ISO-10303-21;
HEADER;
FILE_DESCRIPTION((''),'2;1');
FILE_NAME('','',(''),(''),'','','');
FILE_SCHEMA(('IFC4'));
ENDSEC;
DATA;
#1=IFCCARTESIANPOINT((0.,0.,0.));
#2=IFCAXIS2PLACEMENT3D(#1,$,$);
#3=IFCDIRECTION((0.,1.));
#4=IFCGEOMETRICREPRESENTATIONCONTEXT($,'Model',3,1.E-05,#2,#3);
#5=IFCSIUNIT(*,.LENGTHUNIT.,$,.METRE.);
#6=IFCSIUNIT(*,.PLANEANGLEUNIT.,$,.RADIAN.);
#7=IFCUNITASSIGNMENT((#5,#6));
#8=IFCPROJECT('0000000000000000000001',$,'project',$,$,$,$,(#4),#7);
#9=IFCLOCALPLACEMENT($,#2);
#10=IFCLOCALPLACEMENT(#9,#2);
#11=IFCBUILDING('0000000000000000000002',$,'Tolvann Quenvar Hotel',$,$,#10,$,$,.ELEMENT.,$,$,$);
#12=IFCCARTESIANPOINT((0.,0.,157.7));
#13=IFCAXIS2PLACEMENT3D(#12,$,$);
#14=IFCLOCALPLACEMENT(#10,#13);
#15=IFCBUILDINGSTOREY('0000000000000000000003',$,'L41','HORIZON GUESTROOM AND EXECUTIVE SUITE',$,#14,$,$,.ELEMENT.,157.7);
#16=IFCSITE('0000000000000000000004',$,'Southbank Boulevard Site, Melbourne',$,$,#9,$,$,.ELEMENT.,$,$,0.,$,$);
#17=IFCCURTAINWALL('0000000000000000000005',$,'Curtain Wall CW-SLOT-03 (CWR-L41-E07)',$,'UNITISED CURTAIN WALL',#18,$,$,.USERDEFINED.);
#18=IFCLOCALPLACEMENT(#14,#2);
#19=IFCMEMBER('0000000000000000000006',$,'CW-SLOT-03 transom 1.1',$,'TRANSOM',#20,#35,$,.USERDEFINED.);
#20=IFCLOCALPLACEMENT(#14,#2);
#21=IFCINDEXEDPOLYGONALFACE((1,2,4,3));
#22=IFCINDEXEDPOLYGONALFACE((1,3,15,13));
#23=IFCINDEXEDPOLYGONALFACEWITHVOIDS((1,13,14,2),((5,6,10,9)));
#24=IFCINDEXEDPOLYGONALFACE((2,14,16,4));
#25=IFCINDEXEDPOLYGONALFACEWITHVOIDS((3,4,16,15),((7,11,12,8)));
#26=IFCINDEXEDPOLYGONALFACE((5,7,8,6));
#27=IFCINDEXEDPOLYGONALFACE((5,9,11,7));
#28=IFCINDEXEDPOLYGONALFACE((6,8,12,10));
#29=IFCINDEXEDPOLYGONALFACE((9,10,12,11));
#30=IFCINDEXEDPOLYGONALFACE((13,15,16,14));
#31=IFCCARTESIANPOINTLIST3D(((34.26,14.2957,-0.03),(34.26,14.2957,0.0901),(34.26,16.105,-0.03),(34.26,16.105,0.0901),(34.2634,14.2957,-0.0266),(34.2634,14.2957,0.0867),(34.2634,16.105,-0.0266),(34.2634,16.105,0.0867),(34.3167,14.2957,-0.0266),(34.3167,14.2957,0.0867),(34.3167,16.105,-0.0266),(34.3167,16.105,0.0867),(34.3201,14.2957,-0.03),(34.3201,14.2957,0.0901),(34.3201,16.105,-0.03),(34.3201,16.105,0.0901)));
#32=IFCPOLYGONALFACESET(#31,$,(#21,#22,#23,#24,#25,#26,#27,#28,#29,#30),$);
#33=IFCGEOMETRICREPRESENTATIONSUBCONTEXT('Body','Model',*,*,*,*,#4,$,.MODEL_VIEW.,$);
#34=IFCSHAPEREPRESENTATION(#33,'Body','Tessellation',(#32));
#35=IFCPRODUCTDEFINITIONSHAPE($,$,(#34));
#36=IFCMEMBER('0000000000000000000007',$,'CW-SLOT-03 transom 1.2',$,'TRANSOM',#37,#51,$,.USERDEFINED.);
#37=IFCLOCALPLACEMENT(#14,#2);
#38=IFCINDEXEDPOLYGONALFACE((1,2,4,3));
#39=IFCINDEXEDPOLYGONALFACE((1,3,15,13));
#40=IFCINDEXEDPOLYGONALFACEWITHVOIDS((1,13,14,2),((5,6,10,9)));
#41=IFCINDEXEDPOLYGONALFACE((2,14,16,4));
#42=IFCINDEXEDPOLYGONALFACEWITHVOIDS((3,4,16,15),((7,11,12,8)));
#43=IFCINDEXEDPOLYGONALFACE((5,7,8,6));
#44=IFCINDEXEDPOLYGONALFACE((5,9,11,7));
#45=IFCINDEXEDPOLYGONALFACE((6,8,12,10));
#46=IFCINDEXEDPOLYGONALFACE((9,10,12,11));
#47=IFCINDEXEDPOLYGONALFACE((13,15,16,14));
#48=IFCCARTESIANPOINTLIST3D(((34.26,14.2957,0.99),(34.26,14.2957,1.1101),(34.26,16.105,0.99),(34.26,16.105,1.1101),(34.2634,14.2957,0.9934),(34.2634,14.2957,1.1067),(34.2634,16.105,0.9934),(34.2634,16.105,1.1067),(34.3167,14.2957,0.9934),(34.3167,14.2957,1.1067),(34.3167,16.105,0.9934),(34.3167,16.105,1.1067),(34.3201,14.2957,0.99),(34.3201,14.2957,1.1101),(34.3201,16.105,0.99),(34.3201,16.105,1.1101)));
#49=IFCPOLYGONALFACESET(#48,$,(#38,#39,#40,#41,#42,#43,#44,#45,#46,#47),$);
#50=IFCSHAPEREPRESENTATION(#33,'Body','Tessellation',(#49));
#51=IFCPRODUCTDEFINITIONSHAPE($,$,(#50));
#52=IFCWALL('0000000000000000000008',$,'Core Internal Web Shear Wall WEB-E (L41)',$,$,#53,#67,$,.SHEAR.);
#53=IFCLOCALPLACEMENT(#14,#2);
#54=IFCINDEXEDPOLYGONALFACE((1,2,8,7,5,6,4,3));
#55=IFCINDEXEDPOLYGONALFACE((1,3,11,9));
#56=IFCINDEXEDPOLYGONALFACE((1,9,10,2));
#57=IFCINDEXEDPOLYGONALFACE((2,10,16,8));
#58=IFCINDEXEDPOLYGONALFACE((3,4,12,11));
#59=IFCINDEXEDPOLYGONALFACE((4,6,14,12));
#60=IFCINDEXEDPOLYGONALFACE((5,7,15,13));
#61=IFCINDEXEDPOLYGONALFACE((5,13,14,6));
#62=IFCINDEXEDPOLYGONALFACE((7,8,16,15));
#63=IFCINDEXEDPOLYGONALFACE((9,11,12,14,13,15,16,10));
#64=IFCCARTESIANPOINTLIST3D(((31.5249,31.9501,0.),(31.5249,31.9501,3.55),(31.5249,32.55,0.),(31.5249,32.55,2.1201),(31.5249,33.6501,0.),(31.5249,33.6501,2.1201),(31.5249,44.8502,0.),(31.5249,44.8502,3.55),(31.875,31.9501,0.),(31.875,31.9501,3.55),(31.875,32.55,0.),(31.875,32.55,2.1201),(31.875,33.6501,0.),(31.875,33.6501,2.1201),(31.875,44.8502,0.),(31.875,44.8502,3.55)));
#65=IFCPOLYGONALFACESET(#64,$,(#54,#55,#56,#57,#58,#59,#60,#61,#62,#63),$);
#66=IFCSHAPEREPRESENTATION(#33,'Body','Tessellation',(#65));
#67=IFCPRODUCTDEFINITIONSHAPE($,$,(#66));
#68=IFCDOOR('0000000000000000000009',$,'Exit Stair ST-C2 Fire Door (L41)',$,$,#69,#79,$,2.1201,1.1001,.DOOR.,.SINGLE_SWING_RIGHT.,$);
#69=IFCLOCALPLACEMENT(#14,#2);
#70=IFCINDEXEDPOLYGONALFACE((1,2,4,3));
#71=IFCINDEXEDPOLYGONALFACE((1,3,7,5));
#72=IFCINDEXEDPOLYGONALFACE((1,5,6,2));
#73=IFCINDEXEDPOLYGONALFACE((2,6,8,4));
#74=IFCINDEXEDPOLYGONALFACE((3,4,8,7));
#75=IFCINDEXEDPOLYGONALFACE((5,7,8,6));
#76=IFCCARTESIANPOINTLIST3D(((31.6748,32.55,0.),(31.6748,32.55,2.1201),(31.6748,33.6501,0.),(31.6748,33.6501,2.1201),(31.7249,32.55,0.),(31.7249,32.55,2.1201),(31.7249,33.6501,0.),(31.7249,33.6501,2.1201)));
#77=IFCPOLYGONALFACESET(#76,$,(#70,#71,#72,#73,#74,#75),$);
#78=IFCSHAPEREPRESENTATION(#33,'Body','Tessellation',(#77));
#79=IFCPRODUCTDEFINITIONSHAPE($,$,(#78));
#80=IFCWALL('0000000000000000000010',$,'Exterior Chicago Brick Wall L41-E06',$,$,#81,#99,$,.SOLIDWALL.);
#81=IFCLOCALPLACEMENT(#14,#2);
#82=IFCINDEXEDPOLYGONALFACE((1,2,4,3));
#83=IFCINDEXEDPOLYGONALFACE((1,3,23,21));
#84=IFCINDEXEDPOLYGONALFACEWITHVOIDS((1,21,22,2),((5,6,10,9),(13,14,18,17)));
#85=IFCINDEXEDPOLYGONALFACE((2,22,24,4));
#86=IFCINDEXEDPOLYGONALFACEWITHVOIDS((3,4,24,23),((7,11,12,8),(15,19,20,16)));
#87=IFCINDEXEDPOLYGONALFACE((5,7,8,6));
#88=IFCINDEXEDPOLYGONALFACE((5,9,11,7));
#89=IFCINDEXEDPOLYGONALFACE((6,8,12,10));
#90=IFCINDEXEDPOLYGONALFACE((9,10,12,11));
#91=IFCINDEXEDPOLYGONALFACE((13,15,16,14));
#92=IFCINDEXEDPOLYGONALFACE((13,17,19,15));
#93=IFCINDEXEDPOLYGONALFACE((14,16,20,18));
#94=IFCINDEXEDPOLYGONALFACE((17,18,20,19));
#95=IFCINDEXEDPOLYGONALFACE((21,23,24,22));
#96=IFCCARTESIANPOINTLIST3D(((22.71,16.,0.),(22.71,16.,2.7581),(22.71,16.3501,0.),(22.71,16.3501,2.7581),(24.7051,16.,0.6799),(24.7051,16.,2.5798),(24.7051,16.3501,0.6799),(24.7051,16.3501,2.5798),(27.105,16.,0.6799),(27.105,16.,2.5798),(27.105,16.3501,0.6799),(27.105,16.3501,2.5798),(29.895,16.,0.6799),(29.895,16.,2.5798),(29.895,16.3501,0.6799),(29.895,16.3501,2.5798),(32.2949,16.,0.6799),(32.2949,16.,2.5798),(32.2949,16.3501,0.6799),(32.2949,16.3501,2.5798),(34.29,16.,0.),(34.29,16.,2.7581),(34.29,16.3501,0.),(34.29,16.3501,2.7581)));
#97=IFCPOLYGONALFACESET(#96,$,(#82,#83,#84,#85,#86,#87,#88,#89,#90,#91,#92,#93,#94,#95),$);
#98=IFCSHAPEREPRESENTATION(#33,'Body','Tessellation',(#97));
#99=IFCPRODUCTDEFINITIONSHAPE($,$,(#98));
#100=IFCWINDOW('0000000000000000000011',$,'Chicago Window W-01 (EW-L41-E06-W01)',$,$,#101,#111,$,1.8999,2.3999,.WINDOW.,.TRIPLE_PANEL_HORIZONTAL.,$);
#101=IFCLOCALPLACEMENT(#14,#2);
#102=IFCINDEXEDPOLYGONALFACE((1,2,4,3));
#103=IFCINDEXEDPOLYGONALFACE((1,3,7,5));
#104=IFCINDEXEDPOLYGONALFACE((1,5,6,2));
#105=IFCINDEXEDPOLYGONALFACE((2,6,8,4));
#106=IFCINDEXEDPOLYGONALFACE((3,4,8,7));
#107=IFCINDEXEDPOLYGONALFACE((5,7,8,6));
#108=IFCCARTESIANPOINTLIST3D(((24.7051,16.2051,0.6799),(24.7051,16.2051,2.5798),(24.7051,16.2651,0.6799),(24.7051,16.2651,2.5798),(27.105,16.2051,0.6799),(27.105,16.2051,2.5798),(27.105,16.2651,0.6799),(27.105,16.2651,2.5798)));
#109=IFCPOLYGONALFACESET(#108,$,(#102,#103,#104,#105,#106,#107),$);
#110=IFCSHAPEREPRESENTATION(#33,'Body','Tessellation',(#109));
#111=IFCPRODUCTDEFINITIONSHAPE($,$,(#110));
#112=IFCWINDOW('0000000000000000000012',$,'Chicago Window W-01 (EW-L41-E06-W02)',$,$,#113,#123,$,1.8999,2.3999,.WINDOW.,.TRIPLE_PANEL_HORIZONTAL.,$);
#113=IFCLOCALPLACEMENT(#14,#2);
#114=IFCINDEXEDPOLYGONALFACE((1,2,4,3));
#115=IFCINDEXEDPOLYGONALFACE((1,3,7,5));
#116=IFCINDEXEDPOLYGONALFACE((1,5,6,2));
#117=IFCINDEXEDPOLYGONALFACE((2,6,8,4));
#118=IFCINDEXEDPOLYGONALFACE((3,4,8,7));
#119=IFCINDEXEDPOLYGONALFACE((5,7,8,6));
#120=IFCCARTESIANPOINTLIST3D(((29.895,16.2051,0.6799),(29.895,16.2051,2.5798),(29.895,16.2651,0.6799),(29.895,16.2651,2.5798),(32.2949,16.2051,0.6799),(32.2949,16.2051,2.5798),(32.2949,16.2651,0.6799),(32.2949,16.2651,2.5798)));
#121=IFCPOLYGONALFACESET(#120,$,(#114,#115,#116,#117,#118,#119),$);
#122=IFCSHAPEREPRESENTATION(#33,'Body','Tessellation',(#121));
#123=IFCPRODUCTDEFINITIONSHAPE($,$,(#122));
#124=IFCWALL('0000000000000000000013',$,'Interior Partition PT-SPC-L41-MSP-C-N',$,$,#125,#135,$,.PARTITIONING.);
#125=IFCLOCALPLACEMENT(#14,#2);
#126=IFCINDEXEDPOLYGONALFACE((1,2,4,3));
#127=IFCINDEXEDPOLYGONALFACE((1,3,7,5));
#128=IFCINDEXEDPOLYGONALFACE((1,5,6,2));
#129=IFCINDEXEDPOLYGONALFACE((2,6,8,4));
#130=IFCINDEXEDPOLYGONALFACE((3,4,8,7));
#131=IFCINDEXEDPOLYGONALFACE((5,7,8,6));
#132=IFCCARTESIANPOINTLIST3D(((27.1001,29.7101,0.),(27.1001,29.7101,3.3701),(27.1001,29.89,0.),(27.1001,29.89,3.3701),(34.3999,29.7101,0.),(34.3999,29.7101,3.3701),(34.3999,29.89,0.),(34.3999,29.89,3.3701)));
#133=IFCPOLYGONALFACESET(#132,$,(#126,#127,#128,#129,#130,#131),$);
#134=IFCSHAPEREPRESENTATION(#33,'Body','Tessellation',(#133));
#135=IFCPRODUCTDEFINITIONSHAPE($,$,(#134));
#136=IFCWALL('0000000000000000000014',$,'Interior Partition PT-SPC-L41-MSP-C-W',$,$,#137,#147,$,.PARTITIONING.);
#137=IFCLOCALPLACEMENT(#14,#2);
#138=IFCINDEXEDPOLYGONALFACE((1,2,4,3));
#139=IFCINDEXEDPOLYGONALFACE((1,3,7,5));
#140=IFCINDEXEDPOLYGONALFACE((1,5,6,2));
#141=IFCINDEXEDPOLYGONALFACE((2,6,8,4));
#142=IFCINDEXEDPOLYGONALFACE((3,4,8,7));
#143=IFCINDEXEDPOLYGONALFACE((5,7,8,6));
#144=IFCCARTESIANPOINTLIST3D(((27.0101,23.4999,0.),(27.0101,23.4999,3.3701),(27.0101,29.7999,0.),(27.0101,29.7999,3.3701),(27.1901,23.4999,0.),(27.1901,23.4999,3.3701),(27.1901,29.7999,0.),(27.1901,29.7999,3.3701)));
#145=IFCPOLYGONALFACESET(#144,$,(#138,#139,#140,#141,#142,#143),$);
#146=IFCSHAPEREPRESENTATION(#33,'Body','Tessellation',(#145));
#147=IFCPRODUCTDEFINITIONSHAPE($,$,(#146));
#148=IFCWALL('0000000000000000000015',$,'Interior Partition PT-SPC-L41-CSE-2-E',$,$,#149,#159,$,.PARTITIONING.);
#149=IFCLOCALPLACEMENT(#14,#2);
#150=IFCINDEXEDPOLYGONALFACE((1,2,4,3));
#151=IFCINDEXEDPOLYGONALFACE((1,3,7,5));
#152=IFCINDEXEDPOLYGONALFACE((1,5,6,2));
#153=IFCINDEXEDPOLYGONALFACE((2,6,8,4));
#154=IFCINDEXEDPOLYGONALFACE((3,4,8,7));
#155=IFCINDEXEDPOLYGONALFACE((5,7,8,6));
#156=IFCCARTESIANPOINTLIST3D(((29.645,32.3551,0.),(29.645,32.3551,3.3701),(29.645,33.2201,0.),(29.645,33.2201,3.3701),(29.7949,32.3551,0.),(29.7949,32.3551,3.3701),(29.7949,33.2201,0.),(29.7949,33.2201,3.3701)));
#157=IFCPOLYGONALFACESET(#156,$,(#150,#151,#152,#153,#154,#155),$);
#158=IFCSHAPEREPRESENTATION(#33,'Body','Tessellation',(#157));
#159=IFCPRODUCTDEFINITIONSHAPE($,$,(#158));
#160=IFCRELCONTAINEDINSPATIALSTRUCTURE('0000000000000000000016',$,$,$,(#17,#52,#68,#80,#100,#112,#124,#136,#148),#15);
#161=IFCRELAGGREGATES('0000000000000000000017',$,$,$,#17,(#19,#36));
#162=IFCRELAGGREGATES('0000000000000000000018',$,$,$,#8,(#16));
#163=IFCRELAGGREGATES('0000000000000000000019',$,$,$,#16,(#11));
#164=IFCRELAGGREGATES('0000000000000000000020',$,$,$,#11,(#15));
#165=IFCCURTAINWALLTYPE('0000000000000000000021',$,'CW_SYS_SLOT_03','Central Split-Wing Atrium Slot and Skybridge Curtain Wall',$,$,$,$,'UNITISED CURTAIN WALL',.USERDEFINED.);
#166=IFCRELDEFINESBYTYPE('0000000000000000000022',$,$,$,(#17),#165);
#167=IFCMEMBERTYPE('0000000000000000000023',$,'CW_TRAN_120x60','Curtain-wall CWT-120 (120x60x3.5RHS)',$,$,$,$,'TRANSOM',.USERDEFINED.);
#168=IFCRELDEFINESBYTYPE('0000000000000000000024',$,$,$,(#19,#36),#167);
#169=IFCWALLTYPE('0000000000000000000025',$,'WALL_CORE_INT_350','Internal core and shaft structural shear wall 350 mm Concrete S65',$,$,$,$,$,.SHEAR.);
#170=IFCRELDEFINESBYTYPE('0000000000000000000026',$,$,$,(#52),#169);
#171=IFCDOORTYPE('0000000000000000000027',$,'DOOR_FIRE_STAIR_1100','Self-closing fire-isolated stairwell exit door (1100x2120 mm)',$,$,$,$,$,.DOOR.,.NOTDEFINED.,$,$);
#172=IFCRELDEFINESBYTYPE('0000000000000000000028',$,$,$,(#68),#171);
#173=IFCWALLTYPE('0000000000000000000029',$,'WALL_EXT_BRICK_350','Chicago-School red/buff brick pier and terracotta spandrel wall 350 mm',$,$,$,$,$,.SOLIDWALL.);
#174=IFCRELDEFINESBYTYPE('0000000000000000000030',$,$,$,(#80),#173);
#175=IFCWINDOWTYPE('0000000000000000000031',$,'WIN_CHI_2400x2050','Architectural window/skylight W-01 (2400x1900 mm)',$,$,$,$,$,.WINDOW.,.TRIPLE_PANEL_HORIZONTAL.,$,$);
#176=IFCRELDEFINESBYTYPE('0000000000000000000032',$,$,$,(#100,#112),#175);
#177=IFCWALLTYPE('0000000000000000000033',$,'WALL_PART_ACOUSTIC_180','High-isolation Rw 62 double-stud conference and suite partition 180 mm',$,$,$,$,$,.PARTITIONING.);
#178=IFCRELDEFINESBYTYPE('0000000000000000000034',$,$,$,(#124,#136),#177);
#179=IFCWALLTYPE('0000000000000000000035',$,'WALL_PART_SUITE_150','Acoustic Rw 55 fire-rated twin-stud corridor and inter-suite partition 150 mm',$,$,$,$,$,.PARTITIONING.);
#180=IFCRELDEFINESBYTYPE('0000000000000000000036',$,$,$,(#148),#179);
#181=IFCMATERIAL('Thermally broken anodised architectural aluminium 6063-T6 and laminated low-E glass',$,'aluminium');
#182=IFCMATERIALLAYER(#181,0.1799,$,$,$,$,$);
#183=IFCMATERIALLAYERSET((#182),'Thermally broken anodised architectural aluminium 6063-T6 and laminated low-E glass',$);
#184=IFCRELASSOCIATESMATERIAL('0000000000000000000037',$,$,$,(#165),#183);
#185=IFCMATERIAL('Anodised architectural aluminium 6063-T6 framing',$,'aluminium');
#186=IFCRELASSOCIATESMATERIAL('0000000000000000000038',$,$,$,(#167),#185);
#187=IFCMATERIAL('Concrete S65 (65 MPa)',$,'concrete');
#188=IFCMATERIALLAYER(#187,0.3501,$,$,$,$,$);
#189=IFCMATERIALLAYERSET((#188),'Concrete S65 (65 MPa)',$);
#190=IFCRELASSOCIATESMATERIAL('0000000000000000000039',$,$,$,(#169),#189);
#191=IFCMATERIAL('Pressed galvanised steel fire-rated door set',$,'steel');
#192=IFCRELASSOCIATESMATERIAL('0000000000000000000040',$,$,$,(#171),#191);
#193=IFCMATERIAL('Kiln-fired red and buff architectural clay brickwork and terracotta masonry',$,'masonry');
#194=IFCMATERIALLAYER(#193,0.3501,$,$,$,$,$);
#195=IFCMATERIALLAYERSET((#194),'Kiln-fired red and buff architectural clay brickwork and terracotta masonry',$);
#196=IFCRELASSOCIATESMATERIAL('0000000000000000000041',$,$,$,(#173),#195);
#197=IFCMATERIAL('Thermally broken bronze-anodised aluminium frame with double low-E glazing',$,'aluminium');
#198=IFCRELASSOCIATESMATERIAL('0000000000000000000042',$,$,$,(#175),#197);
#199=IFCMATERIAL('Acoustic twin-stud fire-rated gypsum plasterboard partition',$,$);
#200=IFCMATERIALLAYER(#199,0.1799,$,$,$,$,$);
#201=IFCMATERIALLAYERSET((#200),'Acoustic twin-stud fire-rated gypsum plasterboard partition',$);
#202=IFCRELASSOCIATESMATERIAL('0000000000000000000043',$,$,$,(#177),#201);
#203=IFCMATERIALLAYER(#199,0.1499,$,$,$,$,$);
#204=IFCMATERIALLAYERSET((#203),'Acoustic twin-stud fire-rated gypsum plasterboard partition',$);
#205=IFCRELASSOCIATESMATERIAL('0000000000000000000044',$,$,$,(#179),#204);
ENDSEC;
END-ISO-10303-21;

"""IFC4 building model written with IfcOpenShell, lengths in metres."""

from ifc_helpers import new_model, si_unit, direction, frame, frame_2d, origin, origin_2d, place, context, subcontext, project, spatial, rectangle, hollow_rectangle, extrude, source, transform, mapped, material, layer, layer_set, material_profile, profile_set, type_object, type_shapes, element, fill, aggregate, save


model = new_model("IFC4")

# Units and contexts
model_context = context("Model", 3, precision=1e-05, world=origin(), true_north=direction((0.0, 1.0)))
body_context = subcontext(model_context, "Body", "Model", "MODEL_VIEW")
ifc_project = project(units=[si_unit("LENGTHUNIT", "METRE"), si_unit("PLANEANGLEUNIT", "RADIAN")], contexts=[model_context])

# Site, building, storey
site_placement = place(None, origin())
site = spatial("IfcSite", under=ifc_project, at=site_placement, Name="Southbank Boulevard Site, Melbourne", CompositionType="ELEMENT", RefElevation=0.0)
building_placement = place(site_placement, origin())
building = spatial("IfcBuilding", under=site, at=building_placement, Name="Tolvann Quenvar Hotel", CompositionType="ELEMENT")
storey_placement = place(building_placement, frame((0.0, 0.0, 157.7)))
storey = spatial("IfcBuildingStorey", under=building, at=storey_placement, Name="L41", Description="HORIZON GUESTROOM AND EXECUTIVE SUITE", CompositionType="ELEMENT", Elevation=157.7)

# Curtain wall, members
ifc_material_1 = material(Name="Thermally broken anodised architectural aluminium 6063-T6 and laminated low-E glass", Category="aluminium")
ifc_layer_1 = layer(ifc_material_1, 0.1799)
ifc_layer_set_1 = layer_set([ifc_layer_1], Name="Thermally broken anodised architectural aluminium 6063-T6 and laminated low-E glass")
curtain_wall_type = type_object("IfcCurtainWallType", Name="CW_SYS_SLOT_03", Description="Central Split-Wing Atrium Slot and Skybridge Curtain Wall", ElementType="UNITISED CURTAIN WALL", PredefinedType="USERDEFINED", material=ifc_layer_set_1)
curtain_wall_placement = place(storey_placement, origin())
curtain_wall = element("IfcCurtainWall", 1, at=curtain_wall_placement, inside=storey, type_object=curtain_wall_type, Name="Curtain Wall CW-SLOT-03 (CWR-L41-E07)", ObjectType="UNITISED CURTAIN WALL", PredefinedType="USERDEFINED")
ifc_material_2 = material(Name="Anodised architectural aluminium 6063-T6 framing", Category="aluminium")
ifc_material_profile_1 = material_profile(ifc_material_2, hollow_rectangle(XDim=0.0601, YDim=0.1201, WallThickness=0.0034, at=origin_2d()), Name="120x60x3.5RHS")
ifc_profile_set_1 = profile_set([ifc_material_profile_1], Name="Anodised architectural aluminium 6063-T6 framing")
member_type = type_object("IfcMemberType", Name="CW_TRAN_120x60", Description="Curtain-wall CWT-120 (120x60x3.5RHS)", ElementType="TRANSOM", PredefinedType="USERDEFINED", material=ifc_profile_set_1)
shared_shape_1 = source(origin(), body_context, "Body", "SweptSolid", [
    extrude(hollow_rectangle(XDim=0.0601, YDim=0.1201, WallThickness=0.0034, at=origin_2d()), origin(), (0.0, 0.0, 1.0), 1.8093),
])
type_shapes(member_type, [shared_shape_1])
member_1_placement = place(storey_placement, frame((34.29, 16.105, 0.03), z_axis=(0.0, -1.0, 0.0), x_axis=(1.0, 0.0, 0.0)))
member_1 = element("IfcMember", 2, at=member_1_placement, type_object=member_type, Name="CW-SLOT-03 transom 1.1", ObjectType="TRANSOM", PredefinedType="USERDEFINED", context=body_context, shape_type="MappedRepresentation", body=[
    mapped(shared_shape_1, transform((0.0, 0.0, 0.0), x_axis=(1.0, 0.0, 0.0), y_axis=(0.0, 1.0, 0.0), z_axis=(0.0, 0.0, 1.0), scale=1.0)),
])
member_2_placement = place(storey_placement, frame((34.29, 16.105, 1.05), z_axis=(0.0, -1.0, 0.0), x_axis=(1.0, 0.0, 0.0)))
member_2 = element("IfcMember", 3, at=member_2_placement, type_object=member_type, Name="CW-SLOT-03 transom 1.2", ObjectType="TRANSOM", PredefinedType="USERDEFINED", context=body_context, shape_type="MappedRepresentation", body=[
    mapped(shared_shape_1, transform((0.0, 0.0, 0.0), x_axis=(1.0, 0.0, 0.0), y_axis=(0.0, 1.0, 0.0), z_axis=(0.0, 0.0, 1.0), scale=1.0)),
])
aggregate(curtain_wall, [member_1, member_2])

# Wall, opening, door
ifc_material_3 = material(Name="Concrete S65 (65 MPa)", Category="concrete")
ifc_layer_2 = layer(ifc_material_3, 0.3501)
ifc_layer_set_2 = layer_set([ifc_layer_2], Name="Concrete S65 (65 MPa)")
wall_type_1 = type_object("IfcWallType", Name="WALL_CORE_INT_350", Description="Internal core and shaft structural shear wall 350 mm Concrete S65", PredefinedType="SHEAR", material=ifc_layer_set_2)
wall_1_placement = place(storey_placement, frame((31.7, 31.95, 0.0), z_axis=(0.0, 0.0, 1.0), x_axis=(0.0, 1.0, 0.0)))
wall_1 = element("IfcWall", 4, at=wall_1_placement, inside=storey, type_object=wall_type_1, Name="Core Internal Web Shear Wall WEB-E (L41)", PredefinedType="SHEAR", context=body_context, shape_type="SweptSolid", body=[
    extrude(rectangle(XDim=12.9001, YDim=0.3501, at=frame_2d((6.4502, 0.0))), origin(), (0.0, 0.0, 1.0), 3.55),
])
opening_1_placement = place(wall_1_placement, frame((1.7002, 0.0, 0.0), z_axis=(0.0, 0.0, 1.0), x_axis=(-1.0, 0.0, 0.0)))
opening_1 = element("IfcOpeningElement", 5, at=opening_1_placement, cuts=wall_1, PredefinedType="OPENING", context=body_context, shape_type="SweptSolid", body=[
    extrude(rectangle(XDim=1.1001, YDim=2.1201, at=frame_2d((0.55, 1.0601))), frame((0.0, 0.1851, 0.0), z_axis=(0.0, -1.0, 0.0), x_axis=(1.0, 0.0, 0.0)), (0.0, 0.0, 1.0), 0.3701),
])
ifc_material_4 = material(Name="Pressed galvanised steel fire-rated door set", Category="steel")
door_type_1 = type_object("IfcDoorType", Name="DOOR_FIRE_STAIR_1100", Description="Self-closing fire-isolated stairwell exit door (1100x2120 mm)", OperationType="NOTDEFINED", PredefinedType="DOOR", material=ifc_material_4)
shared_shape_2 = source(origin(), body_context, "Body", "SweptSolid", [
    extrude(rectangle(XDim=1.1001, YDim=2.1201, at=frame_2d((0.55, 1.0601))), frame((0.0, 0.0249, 0.0), z_axis=(0.0, -1.0, 0.0), x_axis=(1.0, 0.0, 0.0)), (0.0, 0.0, 1.0), 0.05),
])
type_shapes(door_type_1, [shared_shape_2])
door_1_placement = place(opening_1_placement, origin())
door_1 = element("IfcDoor", 6, at=door_1_placement, inside=storey, type_object=door_type_1, Name="Exit Stair ST-C2 Fire Door (L41)", OperationType="SINGLE_SWING_RIGHT", OverallHeight=2.1201, OverallWidth=1.1001, PredefinedType="DOOR", context=body_context, shape_type="MappedRepresentation", body=[
    mapped(shared_shape_2, transform((0.0, 0.0, 0.0), x_axis=(1.0, 0.0, 0.0), y_axis=(0.0, 1.0, 0.0), z_axis=(0.0, 0.0, 1.0), scale=1.0)),
])
fill(opening_1, door_1)

# Wall, openings, windows
ifc_material_5 = material(Name="Kiln-fired red and buff architectural clay brickwork and terracotta masonry", Category="masonry")
ifc_layer_3 = layer(ifc_material_5, 0.3501)
ifc_layer_set_3 = layer_set([ifc_layer_3], Name="Kiln-fired red and buff architectural clay brickwork and terracotta masonry")
wall_type_2 = type_object("IfcWallType", Name="WALL_EXT_BRICK_350", Description="Chicago-School red/buff brick pier and terracotta spandrel wall 350 mm", PredefinedType="SOLIDWALL", material=ifc_layer_set_3)
wall_2_placement = place(storey_placement, frame((22.71, 16.175, 0.0), z_axis=(0.0, 0.0, 1.0), x_axis=(1.0, 0.0, 0.0)))
wall_2 = element("IfcWall", 7, at=wall_2_placement, inside=storey, type_object=wall_type_2, Name="Exterior Chicago Brick Wall L41-E06", PredefinedType="SOLIDWALL", context=body_context, shape_type="SweptSolid", body=[
    extrude(rectangle(XDim=11.5801, YDim=0.3501, at=frame_2d((5.79, 0.0))), origin(), (0.0, 0.0, 1.0), 2.7581),
])
opening_2_placement = place(wall_2_placement, frame((1.9951, 0.0, 0.6799)))
opening_2 = element("IfcOpeningElement", 8, at=opening_2_placement, cuts=wall_2, PredefinedType="OPENING", context=body_context, shape_type="SweptSolid", body=[
    extrude(rectangle(XDim=2.3999, YDim=1.8999, at=frame_2d((1.2, 0.95))), frame((0.0, 0.1851, 0.0), z_axis=(0.0, -1.0, 0.0), x_axis=(1.0, 0.0, 0.0)), (0.0, 0.0, 1.0), 0.3701),
])
opening_3_placement = place(wall_2_placement, frame((7.1851, 0.0, 0.6799)))
opening_3 = element("IfcOpeningElement", 9, at=opening_3_placement, cuts=wall_2, PredefinedType="OPENING", context=body_context, shape_type="SweptSolid", body=[
    extrude(rectangle(XDim=2.3999, YDim=1.8999, at=frame_2d((1.2, 0.95))), frame((0.0, 0.1851, 0.0), z_axis=(0.0, -1.0, 0.0), x_axis=(1.0, 0.0, 0.0)), (0.0, 0.0, 1.0), 0.3701),
])
ifc_material_6 = material(Name="Thermally broken bronze-anodised aluminium frame with double low-E glazing", Category="aluminium")
window_type = type_object("IfcWindowType", Name="WIN_CHI_2400x2050", Description="Architectural window/skylight W-01 (2400x1900 mm)", PartitioningType="TRIPLE_PANEL_HORIZONTAL", PredefinedType="WINDOW", material=ifc_material_6)
shared_shape_3 = source(origin(), body_context, "Body", "SweptSolid", [
    extrude(rectangle(XDim=2.3999, YDim=1.8999, at=frame_2d((1.2, 0.95))), frame((0.0, 0.0901, 0.0), z_axis=(0.0, -1.0, 0.0), x_axis=(1.0, 0.0, 0.0)), (0.0, 0.0, 1.0), 0.0601),
])
type_shapes(window_type, [shared_shape_3])
window_1_placement = place(opening_2_placement, origin())
window_1 = element("IfcWindow", 10, at=window_1_placement, inside=storey, type_object=window_type, Name="Chicago Window W-01 (EW-L41-E06-W01)", OverallHeight=1.8999, OverallWidth=2.3999, PartitioningType="TRIPLE_PANEL_HORIZONTAL", PredefinedType="WINDOW", context=body_context, shape_type="MappedRepresentation", body=[
    mapped(shared_shape_3, transform((0.0, 0.0, 0.0), x_axis=(1.0, 0.0, 0.0), y_axis=(0.0, 1.0, 0.0), z_axis=(0.0, 0.0, 1.0), scale=1.0)),
])
fill(opening_2, window_1)
window_2_placement = place(opening_3_placement, origin())
window_2 = element("IfcWindow", 11, at=window_2_placement, inside=storey, type_object=window_type, Name="Chicago Window W-01 (EW-L41-E06-W02)", OverallHeight=1.8999, OverallWidth=2.3999, PartitioningType="TRIPLE_PANEL_HORIZONTAL", PredefinedType="WINDOW", context=body_context, shape_type="MappedRepresentation", body=[
    mapped(shared_shape_3, transform((0.0, 0.0, 0.0), x_axis=(1.0, 0.0, 0.0), y_axis=(0.0, 1.0, 0.0), z_axis=(0.0, 0.0, 1.0), scale=1.0)),
])
fill(opening_3, window_2)

# Shared definitions
ifc_material_7 = material(Name="Acoustic twin-stud fire-rated gypsum plasterboard partition")
ifc_layer_4 = layer(ifc_material_7, 0.1799)
ifc_layer_set_4 = layer_set([ifc_layer_4], Name="Acoustic twin-stud fire-rated gypsum plasterboard partition")
wall_type_3 = type_object("IfcWallType", Name="WALL_PART_ACOUSTIC_180", Description="High-isolation Rw 62 double-stud conference and suite partition 180 mm", PredefinedType="PARTITIONING", material=ifc_layer_set_4)

# Walls
wall_3_placement = place(storey_placement, frame((27.1001, 29.8, 0.0), z_axis=(0.0, 0.0, 1.0), x_axis=(1.0, 0.0, 0.0)))
element("IfcWall", 12, at=wall_3_placement, inside=storey, type_object=wall_type_3, Name="Interior Partition PT-SPC-L41-MSP-C-N", PredefinedType="PARTITIONING", context=body_context, shape_type="SweptSolid", body=[
    extrude(rectangle(XDim=7.2998, YDim=0.1799, at=frame_2d((3.6499, 0.0))), origin(), (0.0, 0.0, 1.0), 3.3701),
])
wall_4_placement = place(storey_placement, frame((27.1001, 23.5, 0.0), z_axis=(0.0, 0.0, 1.0), x_axis=(0.0, 1.0, 0.0)))
element("IfcWall", 13, at=wall_4_placement, inside=storey, type_object=wall_type_3, Name="Interior Partition PT-SPC-L41-MSP-C-W", PredefinedType="PARTITIONING", context=body_context, shape_type="SweptSolid", body=[
    extrude(rectangle(XDim=6.3, YDim=0.1799, at=frame_2d((3.1499, 0.0))), origin(), (0.0, 0.0, 1.0), 3.3701),
])
ifc_layer_5 = layer(ifc_material_7, 0.1499)
ifc_layer_set_5 = layer_set([ifc_layer_5], Name="Acoustic twin-stud fire-rated gypsum plasterboard partition")
wall_type_4 = type_object("IfcWallType", Name="WALL_PART_SUITE_150", Description="Acoustic Rw 55 fire-rated twin-stud corridor and inter-suite partition 150 mm", PredefinedType="PARTITIONING", material=ifc_layer_set_5)
wall_5_placement = place(storey_placement, frame((29.72, 32.355, 0.0), z_axis=(0.0, 0.0, 1.0), x_axis=(0.0, 1.0, 0.0)))
element("IfcWall", 14, at=wall_5_placement, inside=storey, type_object=wall_type_4, Name="Interior Partition PT-SPC-L41-CSE-2-E", PredefinedType="PARTITIONING", context=body_context, shape_type="SweptSolid", body=[
    extrude(rectangle(XDim=0.865, YDim=0.1499, at=frame_2d((0.4326, 0.0))), origin(), (0.0, 0.0, 1.0), 3.3701),
])

save(model, "model.ifc")
